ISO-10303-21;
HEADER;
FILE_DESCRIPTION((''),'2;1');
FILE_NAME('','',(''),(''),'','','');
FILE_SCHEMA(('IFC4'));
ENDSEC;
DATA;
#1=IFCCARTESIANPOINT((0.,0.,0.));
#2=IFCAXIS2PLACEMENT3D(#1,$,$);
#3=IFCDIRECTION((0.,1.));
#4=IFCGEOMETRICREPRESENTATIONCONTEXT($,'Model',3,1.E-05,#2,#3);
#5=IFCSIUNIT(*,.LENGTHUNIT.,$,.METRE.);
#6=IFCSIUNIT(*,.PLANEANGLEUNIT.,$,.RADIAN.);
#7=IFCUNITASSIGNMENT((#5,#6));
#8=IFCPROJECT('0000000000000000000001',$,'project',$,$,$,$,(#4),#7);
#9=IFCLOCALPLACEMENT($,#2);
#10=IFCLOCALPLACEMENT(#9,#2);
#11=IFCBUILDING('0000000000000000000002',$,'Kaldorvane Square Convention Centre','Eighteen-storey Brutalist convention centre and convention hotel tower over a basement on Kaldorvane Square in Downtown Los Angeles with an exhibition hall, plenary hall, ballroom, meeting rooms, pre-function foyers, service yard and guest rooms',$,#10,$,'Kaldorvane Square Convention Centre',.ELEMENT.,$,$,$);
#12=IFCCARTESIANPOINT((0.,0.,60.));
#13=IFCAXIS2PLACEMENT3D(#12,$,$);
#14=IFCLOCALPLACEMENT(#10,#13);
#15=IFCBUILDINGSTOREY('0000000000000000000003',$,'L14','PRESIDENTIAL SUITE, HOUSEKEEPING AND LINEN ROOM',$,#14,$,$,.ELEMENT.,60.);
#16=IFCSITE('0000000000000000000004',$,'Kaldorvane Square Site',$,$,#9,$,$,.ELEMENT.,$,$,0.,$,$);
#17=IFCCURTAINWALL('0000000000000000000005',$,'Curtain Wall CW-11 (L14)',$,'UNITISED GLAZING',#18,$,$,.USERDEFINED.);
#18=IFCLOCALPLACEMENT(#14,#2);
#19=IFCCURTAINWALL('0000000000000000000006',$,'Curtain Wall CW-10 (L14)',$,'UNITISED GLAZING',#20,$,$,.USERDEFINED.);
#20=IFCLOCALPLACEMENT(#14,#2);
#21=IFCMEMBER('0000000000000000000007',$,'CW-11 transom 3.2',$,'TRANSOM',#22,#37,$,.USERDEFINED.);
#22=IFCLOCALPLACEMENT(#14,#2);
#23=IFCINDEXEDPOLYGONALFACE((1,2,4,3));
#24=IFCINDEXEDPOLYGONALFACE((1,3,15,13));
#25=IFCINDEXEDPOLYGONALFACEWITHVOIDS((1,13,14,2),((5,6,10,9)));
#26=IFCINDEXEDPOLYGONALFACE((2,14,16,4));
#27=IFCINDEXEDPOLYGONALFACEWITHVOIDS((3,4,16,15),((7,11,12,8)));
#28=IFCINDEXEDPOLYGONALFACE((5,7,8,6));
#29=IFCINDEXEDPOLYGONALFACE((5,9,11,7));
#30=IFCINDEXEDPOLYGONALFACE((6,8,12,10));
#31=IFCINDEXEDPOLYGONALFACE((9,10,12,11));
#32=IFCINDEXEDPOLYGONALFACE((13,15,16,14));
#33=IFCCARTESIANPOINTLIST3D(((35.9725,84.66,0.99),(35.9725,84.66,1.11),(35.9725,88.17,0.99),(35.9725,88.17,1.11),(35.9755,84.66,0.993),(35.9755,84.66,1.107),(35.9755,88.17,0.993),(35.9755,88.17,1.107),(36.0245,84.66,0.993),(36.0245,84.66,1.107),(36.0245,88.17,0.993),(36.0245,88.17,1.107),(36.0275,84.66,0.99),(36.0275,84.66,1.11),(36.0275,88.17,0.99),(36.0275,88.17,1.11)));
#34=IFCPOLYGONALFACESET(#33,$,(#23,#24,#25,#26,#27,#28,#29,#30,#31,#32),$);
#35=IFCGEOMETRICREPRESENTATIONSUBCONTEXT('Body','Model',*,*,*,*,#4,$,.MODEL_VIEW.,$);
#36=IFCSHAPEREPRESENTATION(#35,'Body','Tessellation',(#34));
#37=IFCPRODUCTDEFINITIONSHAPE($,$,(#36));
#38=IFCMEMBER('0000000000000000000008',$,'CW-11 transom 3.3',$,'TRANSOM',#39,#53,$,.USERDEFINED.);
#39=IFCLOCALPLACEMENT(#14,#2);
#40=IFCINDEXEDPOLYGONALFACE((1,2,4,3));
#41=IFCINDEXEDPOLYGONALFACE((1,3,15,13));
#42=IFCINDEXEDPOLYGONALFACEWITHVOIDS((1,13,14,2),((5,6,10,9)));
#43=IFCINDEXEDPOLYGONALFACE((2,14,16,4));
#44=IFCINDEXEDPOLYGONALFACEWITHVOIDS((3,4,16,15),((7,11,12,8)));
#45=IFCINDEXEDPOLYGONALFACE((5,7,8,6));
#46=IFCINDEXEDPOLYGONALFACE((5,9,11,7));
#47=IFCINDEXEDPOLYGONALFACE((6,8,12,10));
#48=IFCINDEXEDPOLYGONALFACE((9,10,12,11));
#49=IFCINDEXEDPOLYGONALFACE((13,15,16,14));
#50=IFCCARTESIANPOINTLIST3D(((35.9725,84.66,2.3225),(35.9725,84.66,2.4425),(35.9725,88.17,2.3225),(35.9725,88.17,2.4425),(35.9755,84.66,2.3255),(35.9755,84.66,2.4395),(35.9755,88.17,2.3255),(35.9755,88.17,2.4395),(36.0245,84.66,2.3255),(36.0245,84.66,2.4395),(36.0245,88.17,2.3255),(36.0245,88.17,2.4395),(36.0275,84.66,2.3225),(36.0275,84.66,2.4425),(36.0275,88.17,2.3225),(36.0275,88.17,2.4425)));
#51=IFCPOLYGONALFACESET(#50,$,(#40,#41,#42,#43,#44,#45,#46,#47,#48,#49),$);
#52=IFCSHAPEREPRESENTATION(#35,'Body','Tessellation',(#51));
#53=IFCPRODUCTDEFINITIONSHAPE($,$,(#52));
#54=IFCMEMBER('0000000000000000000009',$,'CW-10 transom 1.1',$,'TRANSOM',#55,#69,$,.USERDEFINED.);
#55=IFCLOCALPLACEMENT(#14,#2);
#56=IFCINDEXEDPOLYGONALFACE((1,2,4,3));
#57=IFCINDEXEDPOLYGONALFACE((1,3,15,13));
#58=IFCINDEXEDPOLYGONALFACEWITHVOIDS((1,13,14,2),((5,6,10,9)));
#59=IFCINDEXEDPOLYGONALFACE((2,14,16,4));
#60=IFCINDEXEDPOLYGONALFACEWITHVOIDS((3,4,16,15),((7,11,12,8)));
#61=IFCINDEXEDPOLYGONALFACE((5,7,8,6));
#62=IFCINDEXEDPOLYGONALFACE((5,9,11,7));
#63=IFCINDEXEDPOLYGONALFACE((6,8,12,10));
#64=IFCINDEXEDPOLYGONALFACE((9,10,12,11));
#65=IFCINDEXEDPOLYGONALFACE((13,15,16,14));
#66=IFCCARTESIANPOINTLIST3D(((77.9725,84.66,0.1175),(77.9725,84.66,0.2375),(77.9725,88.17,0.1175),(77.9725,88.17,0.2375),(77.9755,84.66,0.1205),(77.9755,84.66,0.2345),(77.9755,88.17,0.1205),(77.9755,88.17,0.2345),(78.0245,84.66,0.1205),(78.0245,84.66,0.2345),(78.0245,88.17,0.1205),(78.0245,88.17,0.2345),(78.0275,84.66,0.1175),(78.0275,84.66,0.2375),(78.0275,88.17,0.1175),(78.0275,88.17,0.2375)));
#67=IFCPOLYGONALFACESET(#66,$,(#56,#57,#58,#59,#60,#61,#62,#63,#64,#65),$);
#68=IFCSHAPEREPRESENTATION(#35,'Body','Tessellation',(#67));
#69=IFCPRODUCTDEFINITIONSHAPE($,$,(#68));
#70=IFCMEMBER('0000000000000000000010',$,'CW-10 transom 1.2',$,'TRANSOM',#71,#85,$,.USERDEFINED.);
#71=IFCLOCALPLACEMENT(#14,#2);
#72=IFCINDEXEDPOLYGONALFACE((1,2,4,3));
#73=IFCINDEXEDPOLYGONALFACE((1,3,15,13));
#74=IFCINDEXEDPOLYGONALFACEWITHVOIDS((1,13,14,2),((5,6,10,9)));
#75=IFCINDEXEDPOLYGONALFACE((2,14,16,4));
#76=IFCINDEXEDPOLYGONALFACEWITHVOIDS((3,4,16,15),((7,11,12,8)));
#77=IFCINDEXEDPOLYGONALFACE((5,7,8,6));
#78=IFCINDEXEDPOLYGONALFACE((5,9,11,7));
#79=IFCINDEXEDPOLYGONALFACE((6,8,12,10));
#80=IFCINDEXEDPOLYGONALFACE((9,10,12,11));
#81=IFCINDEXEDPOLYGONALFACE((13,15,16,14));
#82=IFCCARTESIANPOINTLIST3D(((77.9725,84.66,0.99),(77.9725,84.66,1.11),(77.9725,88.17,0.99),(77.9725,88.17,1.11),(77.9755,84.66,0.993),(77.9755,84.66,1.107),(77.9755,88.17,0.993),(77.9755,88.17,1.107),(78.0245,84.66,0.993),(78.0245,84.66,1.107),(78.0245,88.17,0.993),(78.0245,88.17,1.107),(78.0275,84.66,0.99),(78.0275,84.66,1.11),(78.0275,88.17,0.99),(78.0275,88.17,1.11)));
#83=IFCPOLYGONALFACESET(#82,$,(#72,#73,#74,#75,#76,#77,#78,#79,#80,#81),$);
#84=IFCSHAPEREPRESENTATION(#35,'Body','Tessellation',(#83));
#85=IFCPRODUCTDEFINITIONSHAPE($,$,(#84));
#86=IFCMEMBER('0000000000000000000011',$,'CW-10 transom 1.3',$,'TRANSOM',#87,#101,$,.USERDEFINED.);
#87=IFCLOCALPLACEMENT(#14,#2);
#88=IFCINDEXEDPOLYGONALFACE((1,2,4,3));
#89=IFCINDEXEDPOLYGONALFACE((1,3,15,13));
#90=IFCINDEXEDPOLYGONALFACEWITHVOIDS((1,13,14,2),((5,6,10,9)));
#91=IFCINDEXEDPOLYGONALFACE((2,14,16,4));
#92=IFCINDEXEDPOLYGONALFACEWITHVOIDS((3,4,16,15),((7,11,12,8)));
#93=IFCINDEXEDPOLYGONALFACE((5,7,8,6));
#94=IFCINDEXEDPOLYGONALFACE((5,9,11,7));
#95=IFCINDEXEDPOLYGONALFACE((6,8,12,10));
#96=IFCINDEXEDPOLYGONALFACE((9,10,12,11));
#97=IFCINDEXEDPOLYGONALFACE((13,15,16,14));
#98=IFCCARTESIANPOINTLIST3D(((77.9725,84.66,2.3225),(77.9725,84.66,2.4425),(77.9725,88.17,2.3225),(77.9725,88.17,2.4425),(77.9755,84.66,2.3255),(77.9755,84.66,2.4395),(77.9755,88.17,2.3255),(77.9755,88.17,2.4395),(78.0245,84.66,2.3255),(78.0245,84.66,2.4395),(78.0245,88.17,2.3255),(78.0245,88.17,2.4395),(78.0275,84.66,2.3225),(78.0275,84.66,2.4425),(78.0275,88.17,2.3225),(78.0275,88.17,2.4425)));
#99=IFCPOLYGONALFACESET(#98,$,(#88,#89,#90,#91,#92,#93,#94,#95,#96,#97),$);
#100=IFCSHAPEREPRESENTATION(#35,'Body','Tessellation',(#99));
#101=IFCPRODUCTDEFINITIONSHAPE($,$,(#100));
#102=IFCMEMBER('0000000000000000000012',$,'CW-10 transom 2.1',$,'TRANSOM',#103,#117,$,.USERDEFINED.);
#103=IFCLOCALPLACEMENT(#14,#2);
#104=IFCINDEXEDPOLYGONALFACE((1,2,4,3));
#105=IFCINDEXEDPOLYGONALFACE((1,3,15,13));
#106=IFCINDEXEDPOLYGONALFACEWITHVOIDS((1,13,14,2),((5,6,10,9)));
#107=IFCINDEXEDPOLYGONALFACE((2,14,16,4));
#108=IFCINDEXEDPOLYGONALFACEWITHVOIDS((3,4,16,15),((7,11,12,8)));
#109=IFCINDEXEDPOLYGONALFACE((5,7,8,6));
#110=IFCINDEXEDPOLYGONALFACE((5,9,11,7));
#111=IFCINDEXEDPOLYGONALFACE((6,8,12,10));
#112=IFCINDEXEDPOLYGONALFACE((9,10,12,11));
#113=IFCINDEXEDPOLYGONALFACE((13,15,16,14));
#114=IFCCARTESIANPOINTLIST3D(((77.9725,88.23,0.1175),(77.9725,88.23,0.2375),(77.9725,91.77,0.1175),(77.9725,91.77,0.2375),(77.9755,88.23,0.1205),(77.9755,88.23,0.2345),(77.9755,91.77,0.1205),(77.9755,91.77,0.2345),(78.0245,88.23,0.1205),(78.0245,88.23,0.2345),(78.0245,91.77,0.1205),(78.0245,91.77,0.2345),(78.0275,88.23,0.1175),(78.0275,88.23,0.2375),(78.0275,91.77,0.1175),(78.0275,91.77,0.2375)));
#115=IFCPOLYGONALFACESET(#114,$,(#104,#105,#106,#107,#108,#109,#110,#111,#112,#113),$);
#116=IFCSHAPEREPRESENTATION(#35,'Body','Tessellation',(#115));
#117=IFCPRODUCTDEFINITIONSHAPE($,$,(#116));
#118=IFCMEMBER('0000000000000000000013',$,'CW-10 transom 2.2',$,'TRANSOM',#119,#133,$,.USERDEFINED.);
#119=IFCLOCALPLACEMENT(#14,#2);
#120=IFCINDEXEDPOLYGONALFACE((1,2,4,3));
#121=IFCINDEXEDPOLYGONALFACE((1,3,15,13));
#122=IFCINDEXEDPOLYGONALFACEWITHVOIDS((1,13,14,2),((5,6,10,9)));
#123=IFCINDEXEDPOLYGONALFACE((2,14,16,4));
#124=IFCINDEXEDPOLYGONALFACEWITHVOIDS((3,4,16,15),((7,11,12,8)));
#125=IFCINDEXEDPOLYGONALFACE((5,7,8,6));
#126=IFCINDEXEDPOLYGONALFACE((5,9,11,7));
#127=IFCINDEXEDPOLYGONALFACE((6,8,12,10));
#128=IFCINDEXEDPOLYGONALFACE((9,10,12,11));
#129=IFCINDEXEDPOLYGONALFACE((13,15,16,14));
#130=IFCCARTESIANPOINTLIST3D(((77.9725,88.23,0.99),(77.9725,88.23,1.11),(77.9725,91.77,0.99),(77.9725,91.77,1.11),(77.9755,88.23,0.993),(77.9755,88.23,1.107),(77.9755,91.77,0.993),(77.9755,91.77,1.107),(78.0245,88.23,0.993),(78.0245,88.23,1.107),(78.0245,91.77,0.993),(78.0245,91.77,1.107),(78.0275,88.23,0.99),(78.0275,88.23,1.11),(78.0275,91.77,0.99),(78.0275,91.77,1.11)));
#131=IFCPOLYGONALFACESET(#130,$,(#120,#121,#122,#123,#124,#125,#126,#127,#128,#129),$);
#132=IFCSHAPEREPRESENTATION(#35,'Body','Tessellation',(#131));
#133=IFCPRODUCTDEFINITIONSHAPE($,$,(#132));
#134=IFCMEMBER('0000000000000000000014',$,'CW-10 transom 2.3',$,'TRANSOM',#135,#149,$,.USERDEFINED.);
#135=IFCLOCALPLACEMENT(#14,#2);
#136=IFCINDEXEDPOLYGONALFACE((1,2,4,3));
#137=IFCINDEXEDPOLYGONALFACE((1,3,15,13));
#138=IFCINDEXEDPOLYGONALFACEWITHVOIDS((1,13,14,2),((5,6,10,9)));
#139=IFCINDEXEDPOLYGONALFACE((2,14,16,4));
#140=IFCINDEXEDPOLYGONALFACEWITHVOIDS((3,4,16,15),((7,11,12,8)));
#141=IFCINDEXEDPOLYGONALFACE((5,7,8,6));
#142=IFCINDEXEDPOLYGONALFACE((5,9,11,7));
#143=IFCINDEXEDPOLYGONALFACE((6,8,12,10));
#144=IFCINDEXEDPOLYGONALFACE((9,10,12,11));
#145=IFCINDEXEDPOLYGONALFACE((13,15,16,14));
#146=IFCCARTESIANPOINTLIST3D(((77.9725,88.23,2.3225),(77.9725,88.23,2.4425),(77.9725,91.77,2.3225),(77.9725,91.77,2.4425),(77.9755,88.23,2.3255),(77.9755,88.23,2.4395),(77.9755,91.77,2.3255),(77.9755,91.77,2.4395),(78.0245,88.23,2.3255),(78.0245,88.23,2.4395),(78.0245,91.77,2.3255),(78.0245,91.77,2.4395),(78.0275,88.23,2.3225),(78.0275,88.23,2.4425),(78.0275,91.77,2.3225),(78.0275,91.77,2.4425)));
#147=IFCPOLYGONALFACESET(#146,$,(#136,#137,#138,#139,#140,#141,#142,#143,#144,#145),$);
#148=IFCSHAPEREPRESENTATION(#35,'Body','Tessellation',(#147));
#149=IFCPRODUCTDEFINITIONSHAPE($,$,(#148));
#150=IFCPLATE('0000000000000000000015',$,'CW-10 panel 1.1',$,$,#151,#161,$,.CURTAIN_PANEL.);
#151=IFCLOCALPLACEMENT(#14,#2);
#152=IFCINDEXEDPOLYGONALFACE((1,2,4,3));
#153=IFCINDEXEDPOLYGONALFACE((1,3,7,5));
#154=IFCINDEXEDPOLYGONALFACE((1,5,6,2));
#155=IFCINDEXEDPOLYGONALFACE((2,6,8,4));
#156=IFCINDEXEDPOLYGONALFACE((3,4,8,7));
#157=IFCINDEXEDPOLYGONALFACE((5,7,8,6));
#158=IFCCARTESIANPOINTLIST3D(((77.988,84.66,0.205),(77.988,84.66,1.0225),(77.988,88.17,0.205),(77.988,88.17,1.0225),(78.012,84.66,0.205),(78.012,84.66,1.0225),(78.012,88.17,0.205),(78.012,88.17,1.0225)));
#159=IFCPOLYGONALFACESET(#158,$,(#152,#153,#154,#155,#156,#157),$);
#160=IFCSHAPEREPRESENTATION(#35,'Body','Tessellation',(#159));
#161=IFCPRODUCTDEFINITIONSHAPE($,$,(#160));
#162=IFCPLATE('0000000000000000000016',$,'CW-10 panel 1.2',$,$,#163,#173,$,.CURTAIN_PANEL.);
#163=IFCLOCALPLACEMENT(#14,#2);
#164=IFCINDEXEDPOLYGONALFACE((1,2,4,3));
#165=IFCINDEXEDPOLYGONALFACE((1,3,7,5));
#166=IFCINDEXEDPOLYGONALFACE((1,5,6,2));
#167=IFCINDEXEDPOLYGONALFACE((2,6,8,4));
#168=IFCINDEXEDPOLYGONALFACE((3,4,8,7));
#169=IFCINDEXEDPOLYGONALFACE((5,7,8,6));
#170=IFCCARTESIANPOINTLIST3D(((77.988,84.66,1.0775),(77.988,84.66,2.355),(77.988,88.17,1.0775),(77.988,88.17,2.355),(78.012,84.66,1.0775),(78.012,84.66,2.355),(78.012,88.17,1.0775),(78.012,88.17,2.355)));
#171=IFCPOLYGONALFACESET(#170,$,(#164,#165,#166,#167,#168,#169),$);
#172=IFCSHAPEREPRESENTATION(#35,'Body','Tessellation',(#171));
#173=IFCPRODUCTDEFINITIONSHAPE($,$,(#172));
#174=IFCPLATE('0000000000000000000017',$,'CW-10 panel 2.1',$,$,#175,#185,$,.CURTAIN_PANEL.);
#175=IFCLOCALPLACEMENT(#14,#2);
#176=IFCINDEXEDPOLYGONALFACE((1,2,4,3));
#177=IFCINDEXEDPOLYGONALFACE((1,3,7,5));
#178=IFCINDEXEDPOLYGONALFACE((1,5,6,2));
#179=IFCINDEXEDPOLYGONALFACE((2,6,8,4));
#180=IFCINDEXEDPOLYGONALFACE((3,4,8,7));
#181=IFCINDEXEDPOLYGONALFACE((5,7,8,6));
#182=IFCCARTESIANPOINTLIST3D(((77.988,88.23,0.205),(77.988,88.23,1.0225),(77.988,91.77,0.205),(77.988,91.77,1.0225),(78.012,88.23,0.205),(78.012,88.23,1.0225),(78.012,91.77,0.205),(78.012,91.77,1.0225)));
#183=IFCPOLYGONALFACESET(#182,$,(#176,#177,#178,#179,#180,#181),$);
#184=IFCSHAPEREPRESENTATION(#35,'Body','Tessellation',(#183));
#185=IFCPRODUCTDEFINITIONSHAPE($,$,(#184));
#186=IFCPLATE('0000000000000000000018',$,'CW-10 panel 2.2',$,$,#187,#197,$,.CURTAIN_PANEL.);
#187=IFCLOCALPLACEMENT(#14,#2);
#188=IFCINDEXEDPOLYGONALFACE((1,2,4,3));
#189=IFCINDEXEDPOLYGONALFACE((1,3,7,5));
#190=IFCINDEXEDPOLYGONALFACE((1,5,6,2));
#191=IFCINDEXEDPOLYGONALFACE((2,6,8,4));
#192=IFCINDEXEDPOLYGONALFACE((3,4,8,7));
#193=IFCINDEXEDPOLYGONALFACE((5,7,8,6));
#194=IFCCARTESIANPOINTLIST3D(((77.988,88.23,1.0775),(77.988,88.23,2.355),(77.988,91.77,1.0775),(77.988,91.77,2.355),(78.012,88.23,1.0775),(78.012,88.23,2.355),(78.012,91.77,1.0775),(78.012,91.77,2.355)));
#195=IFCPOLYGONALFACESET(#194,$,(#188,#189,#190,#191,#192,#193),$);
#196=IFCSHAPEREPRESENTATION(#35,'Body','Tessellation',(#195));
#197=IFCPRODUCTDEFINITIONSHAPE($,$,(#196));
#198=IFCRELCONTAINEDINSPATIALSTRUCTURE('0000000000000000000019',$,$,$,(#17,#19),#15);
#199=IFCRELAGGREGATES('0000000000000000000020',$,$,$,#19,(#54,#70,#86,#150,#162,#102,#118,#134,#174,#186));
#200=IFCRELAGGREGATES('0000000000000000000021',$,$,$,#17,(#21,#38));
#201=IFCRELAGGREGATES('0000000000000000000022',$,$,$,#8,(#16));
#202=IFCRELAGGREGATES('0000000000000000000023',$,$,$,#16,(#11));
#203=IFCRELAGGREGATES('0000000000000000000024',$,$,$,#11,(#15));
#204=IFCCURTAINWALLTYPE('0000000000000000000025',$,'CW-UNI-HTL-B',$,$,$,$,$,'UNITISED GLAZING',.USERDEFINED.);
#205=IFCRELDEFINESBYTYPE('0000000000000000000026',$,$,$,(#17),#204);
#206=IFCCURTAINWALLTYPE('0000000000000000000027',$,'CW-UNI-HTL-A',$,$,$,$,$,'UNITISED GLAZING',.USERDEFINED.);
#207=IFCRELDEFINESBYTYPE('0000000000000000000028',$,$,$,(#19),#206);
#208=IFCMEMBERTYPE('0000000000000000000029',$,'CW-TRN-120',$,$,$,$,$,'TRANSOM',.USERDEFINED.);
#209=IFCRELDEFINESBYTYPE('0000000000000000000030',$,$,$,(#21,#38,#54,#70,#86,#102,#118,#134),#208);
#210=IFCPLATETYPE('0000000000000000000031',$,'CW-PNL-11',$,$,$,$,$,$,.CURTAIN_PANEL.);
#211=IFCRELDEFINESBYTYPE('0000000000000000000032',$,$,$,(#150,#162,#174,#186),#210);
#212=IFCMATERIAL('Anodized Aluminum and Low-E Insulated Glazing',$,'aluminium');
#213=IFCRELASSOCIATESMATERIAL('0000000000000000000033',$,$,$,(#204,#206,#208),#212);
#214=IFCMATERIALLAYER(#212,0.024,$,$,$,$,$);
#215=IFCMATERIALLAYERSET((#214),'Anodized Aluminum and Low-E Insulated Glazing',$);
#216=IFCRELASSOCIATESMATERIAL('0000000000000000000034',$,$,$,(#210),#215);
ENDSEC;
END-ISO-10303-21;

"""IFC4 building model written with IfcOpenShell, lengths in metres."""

from ifc_helpers import new_model, si_unit, direction, frame, origin, origin_2d, place, context, subcontext, project, spatial, rectangle, hollow_rectangle, extrude, material, layer, layer_set, material_profile, profile_set, type_object, element, aggregate, save


model = new_model("IFC4")

# Units and contexts
model_context = context("Model", 3, precision=1e-05, world=origin(), true_north=direction((0.0, 1.0)))
body_context = subcontext(model_context, "Body", "Model", "MODEL_VIEW")
ifc_project = project(units=[si_unit("LENGTHUNIT", "METRE"), si_unit("PLANEANGLEUNIT", "RADIAN")], contexts=[model_context])

# Site, building, storey
site_placement = place(None, origin())
site = spatial("IfcSite", under=ifc_project, at=site_placement, Name="Kaldorvane Square Site", CompositionType="ELEMENT", RefElevation=0.0)
building_placement = place(site_placement, origin())
building = spatial("IfcBuilding", under=site, at=building_placement, Name="Kaldorvane Square Convention Centre", Description="Eighteen-storey Brutalist convention centre and convention hotel tower over a basement on Kaldorvane Square in Downtown Los Angeles with an exhibition hall, plenary hall, ballroom, meeting rooms, pre-function foyers, service yard and guest rooms", LongName="Kaldorvane Square Convention Centre", CompositionType="ELEMENT")
storey_placement = place(building_placement, frame((0.0, 0.0, 60.0)))
storey = spatial("IfcBuildingStorey", under=building, at=storey_placement, Name="L14", Description="PRESIDENTIAL SUITE, HOUSEKEEPING AND LINEN ROOM", CompositionType="ELEMENT", Elevation=60.0)

# Curtain walls
ifc_material_1 = material(Name="Anodized Aluminum and Low-E Insulated Glazing", Category="aluminium")
curtain_wall_type_1 = type_object("IfcCurtainWallType", Name="CW-UNI-HTL-B", ElementType="UNITISED GLAZING", PredefinedType="USERDEFINED", material=ifc_material_1)
curtain_wall_1_placement = place(storey_placement, origin())
curtain_wall_1 = element("IfcCurtainWall", 1, at=curtain_wall_1_placement, inside=storey, type_object=curtain_wall_type_1, Name="Curtain Wall CW-11 (L14)", ObjectType="UNITISED GLAZING", PredefinedType="USERDEFINED")
curtain_wall_type_2 = type_object("IfcCurtainWallType", Name="CW-UNI-HTL-A", ElementType="UNITISED GLAZING", PredefinedType="USERDEFINED", material=ifc_material_1)
curtain_wall_2_placement = place(storey_placement, origin())
curtain_wall_2 = element("IfcCurtainWall", 2, at=curtain_wall_2_placement, inside=storey, type_object=curtain_wall_type_2, Name="Curtain Wall CW-10 (L14)", ObjectType="UNITISED GLAZING", PredefinedType="USERDEFINED")

# Members
ifc_material_profile_1 = material_profile(ifc_material_1, hollow_rectangle(XDim=0.055, YDim=0.12, WallThickness=0.003, at=origin_2d()), Name="CWT-120X55")
ifc_profile_set_1 = profile_set([ifc_material_profile_1], Name="Anodized Aluminum and Low-E Insulated Glazing")
member_type_1 = type_object("IfcMemberType", Name="CW-TRN-120", ElementType="TRANSOM", PredefinedType="USERDEFINED", material=ifc_profile_set_1)
member_1_placement = place(storey_placement, frame((36.0, 88.17, 1.05), z_axis=(0.0, -1.0, 0.0), x_axis=(1.0, 0.0, 0.0)))
member_1 = element("IfcMember", 3, at=member_1_placement, type_object=member_type_1, Name="CW-11 transom 3.2", ObjectType="TRANSOM", PredefinedType="USERDEFINED", context=body_context, shape_type="SweptSolid", body=[
    extrude(hollow_rectangle(XDim=0.055, YDim=0.12, WallThickness=0.003, at=origin_2d()), origin(), (0.0, 0.0, 1.0), 3.51),
])
member_2_placement = place(storey_placement, frame((36.0, 88.17, 2.3825), z_axis=(0.0, -1.0, 0.0), x_axis=(1.0, 0.0, 0.0)))
member_2 = element("IfcMember", 4, at=member_2_placement, type_object=member_type_1, Name="CW-11 transom 3.3", ObjectType="TRANSOM", PredefinedType="USERDEFINED", context=body_context, shape_type="SweptSolid", body=[
    extrude(hollow_rectangle(XDim=0.055, YDim=0.12, WallThickness=0.003, at=origin_2d()), origin(), (0.0, 0.0, 1.0), 3.51),
])
member_3_placement = place(storey_placement, frame((78.0, 84.66, 0.1775), z_axis=(0.0, 1.0, 0.0), x_axis=(-1.0, 0.0, 0.0)))
member_3 = element("IfcMember", 5, at=member_3_placement, type_object=member_type_1, Name="CW-10 transom 1.1", ObjectType="TRANSOM", PredefinedType="USERDEFINED", context=body_context, shape_type="SweptSolid", body=[
    extrude(hollow_rectangle(XDim=0.055, YDim=0.12, WallThickness=0.003, at=origin_2d()), origin(), (0.0, 0.0, 1.0), 3.51),
])
member_4_placement = place(storey_placement, frame((78.0, 84.66, 1.05), z_axis=(0.0, 1.0, 0.0), x_axis=(-1.0, 0.0, 0.0)))
member_4 = element("IfcMember", 6, at=member_4_placement, type_object=member_type_1, Name="CW-10 transom 1.2", ObjectType="TRANSOM", PredefinedType="USERDEFINED", context=body_context, shape_type="SweptSolid", body=[
    extrude(hollow_rectangle(XDim=0.055, YDim=0.12, WallThickness=0.003, at=origin_2d()), origin(), (0.0, 0.0, 1.0), 3.51),
])
member_5_placement = place(storey_placement, frame((78.0, 84.66, 2.3825), z_axis=(0.0, 1.0, 0.0), x_axis=(-1.0, 0.0, 0.0)))
member_5 = element("IfcMember", 7, at=member_5_placement, type_object=member_type_1, Name="CW-10 transom 1.3", ObjectType="TRANSOM", PredefinedType="USERDEFINED", context=body_context, shape_type="SweptSolid", body=[
    extrude(hollow_rectangle(XDim=0.055, YDim=0.12, WallThickness=0.003, at=origin_2d()), origin(), (0.0, 0.0, 1.0), 3.51),
])
member_6_placement = place(storey_placement, frame((78.0, 88.23, 0.1775), z_axis=(0.0, 1.0, 0.0), x_axis=(-1.0, 0.0, 0.0)))
member_6 = element("IfcMember", 8, at=member_6_placement, type_object=member_type_1, Name="CW-10 transom 2.1", ObjectType="TRANSOM", PredefinedType="USERDEFINED", context=body_context, shape_type="SweptSolid", body=[
    extrude(hollow_rectangle(XDim=0.055, YDim=0.12, WallThickness=0.003, at=origin_2d()), origin(), (0.0, 0.0, 1.0), 3.54),
])
member_7_placement = place(storey_placement, frame((78.0, 88.23, 1.05), z_axis=(0.0, 1.0, 0.0), x_axis=(-1.0, 0.0, 0.0)))
member_7 = element("IfcMember", 9, at=member_7_placement, type_object=member_type_1, Name="CW-10 transom 2.2", ObjectType="TRANSOM", PredefinedType="USERDEFINED", context=body_context, shape_type="SweptSolid", body=[
    extrude(hollow_rectangle(XDim=0.055, YDim=0.12, WallThickness=0.003, at=origin_2d()), origin(), (0.0, 0.0, 1.0), 3.54),
])
member_8_placement = place(storey_placement, frame((78.0, 88.23, 2.3825), z_axis=(0.0, 1.0, 0.0), x_axis=(-1.0, 0.0, 0.0)))
member_8 = element("IfcMember", 10, at=member_8_placement, type_object=member_type_1, Name="CW-10 transom 2.3", ObjectType="TRANSOM", PredefinedType="USERDEFINED", context=body_context, shape_type="SweptSolid", body=[
    extrude(hollow_rectangle(XDim=0.055, YDim=0.12, WallThickness=0.003, at=origin_2d()), origin(), (0.0, 0.0, 1.0), 3.54),
])

# Plates
ifc_layer_1 = layer(ifc_material_1, 0.024)
ifc_layer_set_1 = layer_set([ifc_layer_1], Name="Anodized Aluminum and Low-E Insulated Glazing")
plate_type_1 = type_object("IfcPlateType", Name="CW-PNL-11", PredefinedType="CURTAIN_PANEL", material=ifc_layer_set_1)
plate_1_placement = place(storey_placement, frame((78.0, 86.415, 0.205), z_axis=(0.0, 0.0, 1.0), x_axis=(0.0, 1.0, 0.0)))
plate_1 = element("IfcPlate", 11, at=plate_1_placement, type_object=plate_type_1, Name="CW-10 panel 1.1", PredefinedType="CURTAIN_PANEL", context=body_context, shape_type="SweptSolid", body=[
    extrude(rectangle(XDim=3.51, YDim=0.024, at=origin_2d()), origin(), (0.0, 0.0, 1.0), 0.8175),
])
plate_2_placement = place(storey_placement, frame((78.0, 86.415, 1.0775), z_axis=(0.0, 0.0, 1.0), x_axis=(0.0, 1.0, 0.0)))
plate_2 = element("IfcPlate", 12, at=plate_2_placement, type_object=plate_type_1, Name="CW-10 panel 1.2", PredefinedType="CURTAIN_PANEL", context=body_context, shape_type="SweptSolid", body=[
    extrude(rectangle(XDim=3.51, YDim=0.024, at=origin_2d()), origin(), (0.0, 0.0, 1.0), 1.2775),
])
plate_3_placement = place(storey_placement, frame((78.0, 90.0, 0.205), z_axis=(0.0, 0.0, 1.0), x_axis=(0.0, 1.0, 0.0)))
plate_3 = element("IfcPlate", 13, at=plate_3_placement, type_object=plate_type_1, Name="CW-10 panel 2.1", PredefinedType="CURTAIN_PANEL", context=body_context, shape_type="SweptSolid", body=[
    extrude(rectangle(XDim=3.54, YDim=0.024, at=origin_2d()), origin(), (0.0, 0.0, 1.0), 0.8175),
])
plate_4_placement = place(storey_placement, frame((78.0, 90.0, 1.0775), z_axis=(0.0, 0.0, 1.0), x_axis=(0.0, 1.0, 0.0)))
plate_4 = element("IfcPlate", 14, at=plate_4_placement, type_object=plate_type_1, Name="CW-10 panel 2.2", PredefinedType="CURTAIN_PANEL", context=body_context, shape_type="SweptSolid", body=[
    extrude(rectangle(XDim=3.54, YDim=0.024, at=origin_2d()), origin(), (0.0, 0.0, 1.0), 1.2775),
])
aggregate(curtain_wall_2, [member_3, member_4, member_5, plate_1, plate_2, member_6, member_7, member_8, plate_3, plate_4])
aggregate(curtain_wall_1, [member_1, member_2])

save(model, "model.ifc")
